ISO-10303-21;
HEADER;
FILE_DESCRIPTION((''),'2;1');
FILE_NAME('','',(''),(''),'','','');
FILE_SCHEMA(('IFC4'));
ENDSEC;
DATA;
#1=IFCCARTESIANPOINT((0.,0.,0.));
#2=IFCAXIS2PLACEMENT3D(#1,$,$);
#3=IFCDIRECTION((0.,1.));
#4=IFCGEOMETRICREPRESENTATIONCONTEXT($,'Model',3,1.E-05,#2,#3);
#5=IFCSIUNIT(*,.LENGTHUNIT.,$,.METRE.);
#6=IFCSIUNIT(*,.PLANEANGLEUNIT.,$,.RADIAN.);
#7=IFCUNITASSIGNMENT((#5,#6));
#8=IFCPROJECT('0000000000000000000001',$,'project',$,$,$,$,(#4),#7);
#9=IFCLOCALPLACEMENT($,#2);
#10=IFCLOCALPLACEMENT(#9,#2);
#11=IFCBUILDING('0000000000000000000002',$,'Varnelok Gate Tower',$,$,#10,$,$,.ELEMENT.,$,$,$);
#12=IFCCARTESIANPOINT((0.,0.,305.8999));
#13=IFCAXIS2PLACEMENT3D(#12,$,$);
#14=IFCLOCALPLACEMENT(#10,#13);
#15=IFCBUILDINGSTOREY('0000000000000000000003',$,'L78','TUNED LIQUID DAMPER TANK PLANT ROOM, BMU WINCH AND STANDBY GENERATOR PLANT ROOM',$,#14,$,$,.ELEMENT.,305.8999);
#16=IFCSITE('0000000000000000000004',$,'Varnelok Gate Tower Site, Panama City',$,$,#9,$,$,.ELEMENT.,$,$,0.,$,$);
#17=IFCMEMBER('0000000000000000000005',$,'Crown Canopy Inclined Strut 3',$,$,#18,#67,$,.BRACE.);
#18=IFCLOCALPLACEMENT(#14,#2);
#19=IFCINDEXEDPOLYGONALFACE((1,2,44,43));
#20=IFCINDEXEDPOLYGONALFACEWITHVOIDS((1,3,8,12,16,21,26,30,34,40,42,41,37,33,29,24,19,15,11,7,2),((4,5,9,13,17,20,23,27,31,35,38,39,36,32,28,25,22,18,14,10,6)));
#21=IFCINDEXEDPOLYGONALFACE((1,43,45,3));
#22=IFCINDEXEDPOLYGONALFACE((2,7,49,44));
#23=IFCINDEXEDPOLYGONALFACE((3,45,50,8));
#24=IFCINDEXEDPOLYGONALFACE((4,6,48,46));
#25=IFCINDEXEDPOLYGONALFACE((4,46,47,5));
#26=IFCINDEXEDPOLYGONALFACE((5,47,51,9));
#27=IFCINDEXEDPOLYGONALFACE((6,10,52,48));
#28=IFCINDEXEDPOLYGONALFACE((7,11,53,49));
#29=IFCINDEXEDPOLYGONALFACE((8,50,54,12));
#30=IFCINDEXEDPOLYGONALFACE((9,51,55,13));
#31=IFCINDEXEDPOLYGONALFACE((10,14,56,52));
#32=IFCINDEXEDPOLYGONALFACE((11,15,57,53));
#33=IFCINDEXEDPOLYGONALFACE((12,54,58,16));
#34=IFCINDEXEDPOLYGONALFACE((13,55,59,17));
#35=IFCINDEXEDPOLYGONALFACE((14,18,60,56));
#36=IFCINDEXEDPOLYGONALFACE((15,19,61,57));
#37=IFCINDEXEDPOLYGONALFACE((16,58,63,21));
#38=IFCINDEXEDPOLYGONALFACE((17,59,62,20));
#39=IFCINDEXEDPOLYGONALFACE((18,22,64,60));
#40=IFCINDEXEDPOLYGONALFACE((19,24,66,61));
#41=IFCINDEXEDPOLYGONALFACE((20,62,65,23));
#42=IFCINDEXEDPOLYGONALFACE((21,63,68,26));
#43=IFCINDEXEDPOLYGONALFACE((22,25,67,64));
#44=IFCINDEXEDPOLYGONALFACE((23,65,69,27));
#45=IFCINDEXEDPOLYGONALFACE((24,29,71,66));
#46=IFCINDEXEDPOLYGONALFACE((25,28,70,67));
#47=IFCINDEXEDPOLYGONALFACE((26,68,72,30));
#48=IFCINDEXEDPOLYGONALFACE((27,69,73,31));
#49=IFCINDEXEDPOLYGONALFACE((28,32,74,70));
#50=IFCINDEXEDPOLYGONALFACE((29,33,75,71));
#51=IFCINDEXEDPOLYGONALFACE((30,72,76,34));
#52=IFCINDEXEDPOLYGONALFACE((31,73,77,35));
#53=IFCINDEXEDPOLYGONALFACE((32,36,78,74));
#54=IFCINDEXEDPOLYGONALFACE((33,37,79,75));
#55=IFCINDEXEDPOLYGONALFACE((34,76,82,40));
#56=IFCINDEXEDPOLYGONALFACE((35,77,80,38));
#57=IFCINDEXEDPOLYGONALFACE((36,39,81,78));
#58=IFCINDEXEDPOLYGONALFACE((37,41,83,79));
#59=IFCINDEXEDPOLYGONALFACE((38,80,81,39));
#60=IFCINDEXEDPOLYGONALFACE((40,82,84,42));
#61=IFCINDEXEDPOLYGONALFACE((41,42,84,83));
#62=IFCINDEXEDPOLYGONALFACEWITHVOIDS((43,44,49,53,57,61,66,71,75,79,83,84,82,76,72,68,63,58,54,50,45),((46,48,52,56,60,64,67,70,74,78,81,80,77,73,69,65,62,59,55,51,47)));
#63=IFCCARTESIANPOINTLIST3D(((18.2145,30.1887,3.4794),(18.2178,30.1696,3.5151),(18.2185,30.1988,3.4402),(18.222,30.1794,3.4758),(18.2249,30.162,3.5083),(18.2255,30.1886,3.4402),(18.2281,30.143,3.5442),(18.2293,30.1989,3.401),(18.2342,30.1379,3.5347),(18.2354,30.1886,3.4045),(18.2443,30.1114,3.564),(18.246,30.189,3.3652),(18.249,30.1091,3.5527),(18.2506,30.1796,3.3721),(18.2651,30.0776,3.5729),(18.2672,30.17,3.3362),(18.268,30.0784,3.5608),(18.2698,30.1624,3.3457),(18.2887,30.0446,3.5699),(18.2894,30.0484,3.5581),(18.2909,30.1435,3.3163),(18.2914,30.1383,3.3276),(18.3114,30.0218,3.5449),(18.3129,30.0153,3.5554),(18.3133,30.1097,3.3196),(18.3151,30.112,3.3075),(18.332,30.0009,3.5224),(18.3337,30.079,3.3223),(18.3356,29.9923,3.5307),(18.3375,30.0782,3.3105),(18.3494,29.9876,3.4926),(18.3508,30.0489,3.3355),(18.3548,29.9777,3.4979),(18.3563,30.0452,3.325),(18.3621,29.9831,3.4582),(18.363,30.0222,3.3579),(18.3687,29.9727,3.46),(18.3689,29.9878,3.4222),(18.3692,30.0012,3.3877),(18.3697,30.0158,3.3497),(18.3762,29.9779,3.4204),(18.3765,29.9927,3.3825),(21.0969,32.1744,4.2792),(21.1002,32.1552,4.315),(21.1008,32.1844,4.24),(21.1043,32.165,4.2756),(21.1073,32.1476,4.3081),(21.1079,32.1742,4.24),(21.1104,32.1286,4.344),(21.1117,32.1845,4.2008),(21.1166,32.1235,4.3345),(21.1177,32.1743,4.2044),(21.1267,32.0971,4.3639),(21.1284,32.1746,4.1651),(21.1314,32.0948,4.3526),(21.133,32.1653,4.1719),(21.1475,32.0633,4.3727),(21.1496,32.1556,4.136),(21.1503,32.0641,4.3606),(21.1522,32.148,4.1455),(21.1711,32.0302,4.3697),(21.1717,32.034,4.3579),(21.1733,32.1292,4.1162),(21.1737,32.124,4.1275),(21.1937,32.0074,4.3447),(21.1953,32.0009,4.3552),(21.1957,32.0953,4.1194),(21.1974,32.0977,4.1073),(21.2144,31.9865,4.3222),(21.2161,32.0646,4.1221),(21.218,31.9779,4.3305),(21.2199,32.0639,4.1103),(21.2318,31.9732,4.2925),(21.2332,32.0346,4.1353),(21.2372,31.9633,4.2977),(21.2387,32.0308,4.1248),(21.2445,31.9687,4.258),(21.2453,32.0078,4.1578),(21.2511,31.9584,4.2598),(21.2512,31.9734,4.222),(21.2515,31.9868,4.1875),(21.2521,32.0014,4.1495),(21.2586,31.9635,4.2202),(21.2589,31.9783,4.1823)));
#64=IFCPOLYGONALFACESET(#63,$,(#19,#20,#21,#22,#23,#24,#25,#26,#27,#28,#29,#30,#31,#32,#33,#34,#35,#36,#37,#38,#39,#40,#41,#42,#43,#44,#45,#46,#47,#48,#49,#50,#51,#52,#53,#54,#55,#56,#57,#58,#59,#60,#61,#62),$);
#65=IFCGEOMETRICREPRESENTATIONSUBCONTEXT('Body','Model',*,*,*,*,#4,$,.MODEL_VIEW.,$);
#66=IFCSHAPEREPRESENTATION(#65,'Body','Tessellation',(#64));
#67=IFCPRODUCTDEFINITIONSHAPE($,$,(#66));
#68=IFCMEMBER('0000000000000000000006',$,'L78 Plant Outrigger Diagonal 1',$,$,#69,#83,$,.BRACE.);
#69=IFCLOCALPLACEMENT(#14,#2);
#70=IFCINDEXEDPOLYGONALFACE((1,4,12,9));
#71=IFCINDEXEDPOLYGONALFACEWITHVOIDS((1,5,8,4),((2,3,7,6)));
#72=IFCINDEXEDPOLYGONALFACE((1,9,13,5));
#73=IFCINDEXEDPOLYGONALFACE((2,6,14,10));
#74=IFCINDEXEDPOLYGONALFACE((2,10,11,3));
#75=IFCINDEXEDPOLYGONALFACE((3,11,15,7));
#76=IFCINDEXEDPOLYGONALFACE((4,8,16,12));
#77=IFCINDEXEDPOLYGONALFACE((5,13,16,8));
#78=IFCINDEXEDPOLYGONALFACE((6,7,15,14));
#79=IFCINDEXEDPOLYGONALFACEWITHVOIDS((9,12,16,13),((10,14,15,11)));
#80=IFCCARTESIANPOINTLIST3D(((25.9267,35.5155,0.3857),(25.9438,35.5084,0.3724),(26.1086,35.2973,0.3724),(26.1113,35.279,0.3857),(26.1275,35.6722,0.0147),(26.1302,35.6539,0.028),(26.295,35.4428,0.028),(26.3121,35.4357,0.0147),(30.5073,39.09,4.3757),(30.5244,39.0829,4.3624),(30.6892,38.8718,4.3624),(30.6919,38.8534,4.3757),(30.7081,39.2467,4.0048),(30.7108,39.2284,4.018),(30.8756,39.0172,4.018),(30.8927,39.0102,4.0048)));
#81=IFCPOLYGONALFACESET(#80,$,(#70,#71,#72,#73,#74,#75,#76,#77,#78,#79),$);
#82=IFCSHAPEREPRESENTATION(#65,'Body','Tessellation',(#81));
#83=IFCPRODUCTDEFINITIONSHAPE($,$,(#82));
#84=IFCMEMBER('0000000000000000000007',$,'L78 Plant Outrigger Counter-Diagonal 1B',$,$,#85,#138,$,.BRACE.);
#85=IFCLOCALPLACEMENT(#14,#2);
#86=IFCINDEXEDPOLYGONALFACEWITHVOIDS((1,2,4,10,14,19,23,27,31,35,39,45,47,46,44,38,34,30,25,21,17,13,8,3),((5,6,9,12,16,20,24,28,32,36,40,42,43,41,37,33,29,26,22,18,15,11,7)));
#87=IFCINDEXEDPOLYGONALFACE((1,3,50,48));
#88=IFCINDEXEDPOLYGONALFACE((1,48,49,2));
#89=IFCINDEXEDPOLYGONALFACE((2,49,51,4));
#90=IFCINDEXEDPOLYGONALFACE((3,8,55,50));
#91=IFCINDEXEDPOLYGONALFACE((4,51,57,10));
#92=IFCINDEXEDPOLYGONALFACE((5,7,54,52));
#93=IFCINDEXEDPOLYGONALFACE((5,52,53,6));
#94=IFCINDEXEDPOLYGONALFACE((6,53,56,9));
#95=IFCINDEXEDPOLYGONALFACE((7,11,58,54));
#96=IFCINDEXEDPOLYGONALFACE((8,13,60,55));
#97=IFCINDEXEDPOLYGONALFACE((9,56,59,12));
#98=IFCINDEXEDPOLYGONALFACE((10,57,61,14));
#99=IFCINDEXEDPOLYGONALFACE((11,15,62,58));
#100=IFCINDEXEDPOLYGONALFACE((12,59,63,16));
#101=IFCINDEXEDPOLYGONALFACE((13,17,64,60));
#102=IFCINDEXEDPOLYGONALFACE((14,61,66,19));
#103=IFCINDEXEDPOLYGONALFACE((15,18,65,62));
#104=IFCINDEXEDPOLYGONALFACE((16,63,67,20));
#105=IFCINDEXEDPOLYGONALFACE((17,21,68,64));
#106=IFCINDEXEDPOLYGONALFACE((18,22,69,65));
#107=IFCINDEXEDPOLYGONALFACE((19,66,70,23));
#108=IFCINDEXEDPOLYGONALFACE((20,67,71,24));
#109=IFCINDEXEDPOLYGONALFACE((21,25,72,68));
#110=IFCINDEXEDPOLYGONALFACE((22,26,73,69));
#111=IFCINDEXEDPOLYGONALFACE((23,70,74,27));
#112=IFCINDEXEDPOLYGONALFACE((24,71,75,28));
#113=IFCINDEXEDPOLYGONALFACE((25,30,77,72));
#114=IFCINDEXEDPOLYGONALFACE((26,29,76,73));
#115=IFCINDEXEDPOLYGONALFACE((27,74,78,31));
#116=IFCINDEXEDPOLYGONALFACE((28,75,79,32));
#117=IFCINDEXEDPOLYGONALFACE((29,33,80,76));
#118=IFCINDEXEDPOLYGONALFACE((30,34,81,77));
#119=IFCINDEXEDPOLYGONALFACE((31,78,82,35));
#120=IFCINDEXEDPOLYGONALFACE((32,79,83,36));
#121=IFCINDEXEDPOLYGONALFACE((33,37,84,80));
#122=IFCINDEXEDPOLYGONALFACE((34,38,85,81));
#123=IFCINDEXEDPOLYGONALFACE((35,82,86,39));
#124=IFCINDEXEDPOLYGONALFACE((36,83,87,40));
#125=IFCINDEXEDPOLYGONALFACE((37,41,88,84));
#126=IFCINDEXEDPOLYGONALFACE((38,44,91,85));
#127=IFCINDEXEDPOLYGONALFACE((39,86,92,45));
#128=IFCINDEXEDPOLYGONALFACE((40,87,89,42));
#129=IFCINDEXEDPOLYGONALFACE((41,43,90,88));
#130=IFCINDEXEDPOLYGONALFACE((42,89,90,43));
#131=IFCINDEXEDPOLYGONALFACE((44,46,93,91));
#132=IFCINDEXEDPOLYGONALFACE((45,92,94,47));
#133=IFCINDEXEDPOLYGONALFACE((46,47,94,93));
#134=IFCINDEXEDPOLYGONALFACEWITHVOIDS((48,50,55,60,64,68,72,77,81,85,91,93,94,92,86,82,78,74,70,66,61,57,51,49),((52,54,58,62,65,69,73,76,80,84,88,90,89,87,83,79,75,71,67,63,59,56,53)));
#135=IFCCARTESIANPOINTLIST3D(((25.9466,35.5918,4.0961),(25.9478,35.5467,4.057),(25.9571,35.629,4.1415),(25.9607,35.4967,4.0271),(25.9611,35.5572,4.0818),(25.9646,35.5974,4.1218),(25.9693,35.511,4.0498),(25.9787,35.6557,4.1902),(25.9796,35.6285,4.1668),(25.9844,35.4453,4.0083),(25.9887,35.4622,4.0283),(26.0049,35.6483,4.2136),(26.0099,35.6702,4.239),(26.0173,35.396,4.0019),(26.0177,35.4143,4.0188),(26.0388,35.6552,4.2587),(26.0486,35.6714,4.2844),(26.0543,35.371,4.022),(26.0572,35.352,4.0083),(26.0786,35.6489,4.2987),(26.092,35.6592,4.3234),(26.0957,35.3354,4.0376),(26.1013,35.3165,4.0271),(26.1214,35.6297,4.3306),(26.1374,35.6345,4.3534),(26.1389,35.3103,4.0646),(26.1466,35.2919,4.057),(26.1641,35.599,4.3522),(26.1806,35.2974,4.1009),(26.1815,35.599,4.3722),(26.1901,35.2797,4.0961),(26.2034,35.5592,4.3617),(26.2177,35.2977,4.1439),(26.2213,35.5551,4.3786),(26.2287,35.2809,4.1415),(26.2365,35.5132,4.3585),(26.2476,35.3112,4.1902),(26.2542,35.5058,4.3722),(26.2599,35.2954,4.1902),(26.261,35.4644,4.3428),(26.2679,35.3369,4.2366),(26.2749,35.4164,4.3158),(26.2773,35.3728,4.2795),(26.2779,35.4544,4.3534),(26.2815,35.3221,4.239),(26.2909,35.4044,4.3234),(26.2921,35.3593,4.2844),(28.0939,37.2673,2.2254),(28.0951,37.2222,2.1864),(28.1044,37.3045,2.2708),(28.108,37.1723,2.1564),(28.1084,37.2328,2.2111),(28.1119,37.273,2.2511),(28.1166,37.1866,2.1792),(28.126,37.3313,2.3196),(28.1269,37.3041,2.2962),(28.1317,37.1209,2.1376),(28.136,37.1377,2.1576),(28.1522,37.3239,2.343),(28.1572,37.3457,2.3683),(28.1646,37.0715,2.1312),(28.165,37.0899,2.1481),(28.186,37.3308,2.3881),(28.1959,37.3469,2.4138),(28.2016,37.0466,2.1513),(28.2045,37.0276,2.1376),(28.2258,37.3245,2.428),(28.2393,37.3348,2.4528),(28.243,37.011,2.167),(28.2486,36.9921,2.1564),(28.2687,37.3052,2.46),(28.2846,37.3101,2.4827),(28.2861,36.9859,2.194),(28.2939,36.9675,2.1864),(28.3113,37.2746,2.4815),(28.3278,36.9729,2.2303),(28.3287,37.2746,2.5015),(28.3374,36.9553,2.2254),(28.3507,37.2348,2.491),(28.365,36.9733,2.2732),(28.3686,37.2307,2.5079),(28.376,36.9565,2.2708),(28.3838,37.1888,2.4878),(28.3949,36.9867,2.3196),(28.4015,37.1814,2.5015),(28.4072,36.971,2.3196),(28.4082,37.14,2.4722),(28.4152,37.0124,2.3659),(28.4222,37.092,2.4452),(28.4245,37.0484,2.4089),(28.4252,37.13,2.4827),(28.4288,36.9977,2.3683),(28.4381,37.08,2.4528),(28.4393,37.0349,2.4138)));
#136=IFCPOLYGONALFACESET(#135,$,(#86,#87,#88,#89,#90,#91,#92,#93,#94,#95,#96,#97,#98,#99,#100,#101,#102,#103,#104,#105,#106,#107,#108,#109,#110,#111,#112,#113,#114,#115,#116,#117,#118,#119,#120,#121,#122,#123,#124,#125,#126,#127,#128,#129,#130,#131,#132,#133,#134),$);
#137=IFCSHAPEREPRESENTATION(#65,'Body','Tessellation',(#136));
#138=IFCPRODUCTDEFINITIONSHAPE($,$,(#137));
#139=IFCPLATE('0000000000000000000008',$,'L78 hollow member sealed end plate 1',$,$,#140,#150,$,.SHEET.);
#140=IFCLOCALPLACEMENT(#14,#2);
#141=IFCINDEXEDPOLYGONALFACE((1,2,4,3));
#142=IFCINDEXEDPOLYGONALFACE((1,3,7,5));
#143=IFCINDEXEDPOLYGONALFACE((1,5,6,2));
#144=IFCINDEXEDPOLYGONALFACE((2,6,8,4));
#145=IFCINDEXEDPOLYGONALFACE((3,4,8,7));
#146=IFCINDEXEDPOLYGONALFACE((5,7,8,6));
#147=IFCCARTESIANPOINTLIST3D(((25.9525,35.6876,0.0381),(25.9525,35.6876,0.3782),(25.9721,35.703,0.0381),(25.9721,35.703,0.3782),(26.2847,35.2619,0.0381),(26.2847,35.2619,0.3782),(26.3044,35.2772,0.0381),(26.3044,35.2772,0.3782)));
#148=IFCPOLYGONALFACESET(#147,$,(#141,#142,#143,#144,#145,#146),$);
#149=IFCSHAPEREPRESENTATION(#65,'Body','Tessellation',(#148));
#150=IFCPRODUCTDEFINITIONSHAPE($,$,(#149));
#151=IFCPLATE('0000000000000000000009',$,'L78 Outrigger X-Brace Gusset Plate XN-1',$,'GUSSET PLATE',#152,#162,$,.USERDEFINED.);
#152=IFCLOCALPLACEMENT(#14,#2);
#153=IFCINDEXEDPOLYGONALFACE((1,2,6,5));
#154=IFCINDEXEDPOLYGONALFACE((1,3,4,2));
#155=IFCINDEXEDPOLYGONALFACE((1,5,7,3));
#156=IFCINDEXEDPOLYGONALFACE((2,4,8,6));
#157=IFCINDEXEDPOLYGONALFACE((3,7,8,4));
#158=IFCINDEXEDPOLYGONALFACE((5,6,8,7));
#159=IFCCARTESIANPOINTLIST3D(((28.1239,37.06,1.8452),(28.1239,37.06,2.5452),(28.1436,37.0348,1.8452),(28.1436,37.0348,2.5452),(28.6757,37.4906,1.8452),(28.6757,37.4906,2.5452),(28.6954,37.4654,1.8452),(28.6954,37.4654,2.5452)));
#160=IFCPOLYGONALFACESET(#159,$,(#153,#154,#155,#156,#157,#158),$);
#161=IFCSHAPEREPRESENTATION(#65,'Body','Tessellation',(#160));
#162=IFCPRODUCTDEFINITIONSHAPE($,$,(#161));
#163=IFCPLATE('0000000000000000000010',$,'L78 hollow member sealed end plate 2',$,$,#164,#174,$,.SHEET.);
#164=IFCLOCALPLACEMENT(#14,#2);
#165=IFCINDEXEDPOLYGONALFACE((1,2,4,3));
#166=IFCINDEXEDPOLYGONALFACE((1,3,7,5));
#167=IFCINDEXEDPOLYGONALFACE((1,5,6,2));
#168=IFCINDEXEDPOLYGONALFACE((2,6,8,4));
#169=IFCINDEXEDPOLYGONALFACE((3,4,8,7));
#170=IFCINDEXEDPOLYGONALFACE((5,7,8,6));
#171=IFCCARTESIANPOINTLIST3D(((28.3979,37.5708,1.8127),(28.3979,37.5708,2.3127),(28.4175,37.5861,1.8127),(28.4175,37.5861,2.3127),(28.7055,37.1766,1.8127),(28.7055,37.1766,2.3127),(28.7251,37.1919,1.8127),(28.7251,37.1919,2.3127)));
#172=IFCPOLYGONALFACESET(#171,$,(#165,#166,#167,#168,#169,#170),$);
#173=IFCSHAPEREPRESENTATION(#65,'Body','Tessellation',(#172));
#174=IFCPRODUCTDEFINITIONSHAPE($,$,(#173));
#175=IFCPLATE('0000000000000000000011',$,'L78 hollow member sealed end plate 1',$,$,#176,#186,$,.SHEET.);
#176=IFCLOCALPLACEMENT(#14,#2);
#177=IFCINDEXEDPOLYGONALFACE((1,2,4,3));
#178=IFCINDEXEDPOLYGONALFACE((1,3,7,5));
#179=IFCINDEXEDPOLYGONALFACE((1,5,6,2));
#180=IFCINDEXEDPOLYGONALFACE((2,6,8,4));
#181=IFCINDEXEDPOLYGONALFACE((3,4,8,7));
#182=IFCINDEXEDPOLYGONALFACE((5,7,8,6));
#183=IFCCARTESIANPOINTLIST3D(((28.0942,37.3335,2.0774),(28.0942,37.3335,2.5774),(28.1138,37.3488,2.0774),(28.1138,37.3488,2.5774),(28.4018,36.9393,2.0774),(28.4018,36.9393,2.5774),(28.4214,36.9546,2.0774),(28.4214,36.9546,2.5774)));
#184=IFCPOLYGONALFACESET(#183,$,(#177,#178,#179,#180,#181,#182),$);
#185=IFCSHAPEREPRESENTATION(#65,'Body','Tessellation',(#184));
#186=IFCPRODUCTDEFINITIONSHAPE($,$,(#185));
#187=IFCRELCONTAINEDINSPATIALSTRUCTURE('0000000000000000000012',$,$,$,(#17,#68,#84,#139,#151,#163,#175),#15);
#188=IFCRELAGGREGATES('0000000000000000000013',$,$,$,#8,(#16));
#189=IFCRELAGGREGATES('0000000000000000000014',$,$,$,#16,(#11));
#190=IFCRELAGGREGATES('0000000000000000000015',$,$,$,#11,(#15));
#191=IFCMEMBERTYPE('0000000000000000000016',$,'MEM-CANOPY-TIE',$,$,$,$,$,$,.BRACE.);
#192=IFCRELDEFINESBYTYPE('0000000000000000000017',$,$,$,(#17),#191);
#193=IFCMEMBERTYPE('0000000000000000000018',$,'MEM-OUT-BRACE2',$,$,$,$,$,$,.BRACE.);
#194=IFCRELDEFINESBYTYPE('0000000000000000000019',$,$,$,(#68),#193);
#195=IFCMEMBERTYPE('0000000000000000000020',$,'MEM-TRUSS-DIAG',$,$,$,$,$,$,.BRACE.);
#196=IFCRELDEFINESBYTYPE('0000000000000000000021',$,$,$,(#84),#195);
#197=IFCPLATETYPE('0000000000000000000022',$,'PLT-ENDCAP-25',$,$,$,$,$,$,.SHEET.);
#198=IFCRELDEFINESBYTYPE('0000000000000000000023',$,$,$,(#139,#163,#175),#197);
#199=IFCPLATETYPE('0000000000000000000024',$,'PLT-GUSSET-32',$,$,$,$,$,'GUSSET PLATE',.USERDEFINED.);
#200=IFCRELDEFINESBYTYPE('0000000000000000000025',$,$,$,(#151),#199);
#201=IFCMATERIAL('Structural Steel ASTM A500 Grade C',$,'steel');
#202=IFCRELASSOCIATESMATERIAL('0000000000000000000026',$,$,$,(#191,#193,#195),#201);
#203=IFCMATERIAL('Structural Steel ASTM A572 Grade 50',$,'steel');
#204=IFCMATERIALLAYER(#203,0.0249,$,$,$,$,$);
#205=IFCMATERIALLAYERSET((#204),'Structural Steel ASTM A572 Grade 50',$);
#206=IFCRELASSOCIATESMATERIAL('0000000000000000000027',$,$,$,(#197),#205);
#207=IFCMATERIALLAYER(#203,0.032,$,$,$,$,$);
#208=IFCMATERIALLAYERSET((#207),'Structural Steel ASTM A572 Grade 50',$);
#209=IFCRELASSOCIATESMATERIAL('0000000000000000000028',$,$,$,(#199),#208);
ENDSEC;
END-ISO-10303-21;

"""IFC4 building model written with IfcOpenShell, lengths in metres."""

from ifc_helpers import new_model, si_unit, direction, frame, origin, origin_2d, place, context, subcontext, project, spatial, rectangle, hollow_rectangle, hollow_circle, extrude, source, transform, mapped, material, layer, layer_set, material_profile, profile_set, type_object, element, save


model = new_model("IFC4")

# Units and contexts
model_context = context("Model", 3, precision=1e-05, world=origin(), true_north=direction((0.0, 1.0)))
body_context = subcontext(model_context, "Body", "Model", "MODEL_VIEW")
ifc_project = project(units=[si_unit("LENGTHUNIT", "METRE"), si_unit("PLANEANGLEUNIT", "RADIAN")], contexts=[model_context])

# Site, building, storey
site_placement = place(None, origin())
site = spatial("IfcSite", under=ifc_project, at=site_placement, Name="Varnelok Gate Tower Site, Panama City", CompositionType="ELEMENT", RefElevation=0.0)
building_placement = place(site_placement, origin())
building = spatial("IfcBuilding", under=site, at=building_placement, Name="Varnelok Gate Tower", CompositionType="ELEMENT")
storey_placement = place(building_placement, frame((0.0, 0.0, 305.8999)))
storey = spatial("IfcBuildingStorey", under=building, at=storey_placement, Name="L78", Description="TUNED LIQUID DAMPER TANK PLANT ROOM, BMU WINCH AND STANDBY GENERATOR PLANT ROOM", CompositionType="ELEMENT", Elevation=305.8999)

# Members
ifc_material_1 = material(Name="Structural Steel ASTM A500 Grade C", Category="steel")
ifc_material_profile_1 = material_profile(ifc_material_1, hollow_circle(Radius=0.1365, WallThickness=0.0125, at=origin_2d()), Name="CHS273X12")
ifc_profile_set_1 = profile_set([ifc_material_profile_1], Name="Structural Steel ASTM A500 Grade C")
member_type_1 = type_object("IfcMemberType", Name="MEM-CANOPY-TIE", PredefinedType="BRACE", material=ifc_profile_set_1)
member_1_placement = place(storey_placement, frame((18.2959, 30.0864, 3.4402), z_axis=(0.802814, 0.553048, 0.22277), x_axis=(-0.567304, 0.823508, 0.0)))
element("IfcMember", 1, at=member_1_placement, inside=storey, type_object=member_type_1, Name="Crown Canopy Inclined Strut 3", PredefinedType="BRACE", context=body_context, shape_type="SweptSolid", body=[
    extrude(hollow_circle(Radius=0.1365, WallThickness=0.0125, at=origin_2d()), origin(), (0.0, 0.0, 1.0), 3.5903),
])
ifc_material_profile_2 = material_profile(ifc_material_1, hollow_rectangle(XDim=0.3, YDim=0.45, WallThickness=0.0161, at=origin_2d()), Name="HSS450X300X16")
ifc_profile_set_2 = profile_set([ifc_material_profile_2], Name="Structural Steel ASTM A500 Grade C")
member_type_2 = type_object("IfcMemberType", Name="MEM-OUT-BRACE2", PredefinedType="BRACE", material=ifc_profile_set_2)
member_2_placement = place(storey_placement, frame((26.1194, 35.4756, 0.2002), z_axis=(0.649883, 0.507139, 0.566093), x_axis=(-0.615205, 0.788367, 0.0)))
element("IfcMember", 2, at=member_2_placement, inside=storey, type_object=member_type_2, Name="L78 Plant Outrigger Diagonal 1", PredefinedType="BRACE", context=body_context, shape_type="SweptSolid", body=[
    extrude(hollow_rectangle(XDim=0.3, YDim=0.45, WallThickness=0.0161, at=origin_2d()), origin(), (0.0, 0.0, 1.0), 7.0483),
])
ifc_material_profile_3 = material_profile(ifc_material_1, hollow_circle(Radius=0.2285, WallThickness=0.02, at=origin_2d()), Name="CHS457X20")
ifc_profile_set_3 = profile_set([ifc_material_profile_3], Name="Structural Steel ASTM A500 Grade C")
member_type_3 = type_object("IfcMemberType", Name="MEM-TRUSS-DIAG", PredefinedType="BRACE", material=ifc_profile_set_3)
member_3_placement = place(storey_placement, frame((28.2666, 37.1511, 2.3196), z_axis=(-0.649863, -0.507107, 0.566145), x_axis=(0.615193, -0.788376, 0.0)))
element("IfcMember", 3, at=member_3_placement, inside=storey, type_object=member_type_3, Name="L78 Plant Outrigger Counter-Diagonal 1B", PredefinedType="BRACE", context=body_context, shape_type="SweptSolid", body=[
    extrude(hollow_circle(Radius=0.2285, WallThickness=0.02, at=origin_2d()), origin(), (0.0, 0.0, 1.0), 3.3042),
])

# Plates
ifc_material_2 = material(Name="Structural Steel ASTM A572 Grade 50", Category="steel")
ifc_layer_1 = layer(ifc_material_2, 0.0249)
ifc_layer_set_1 = layer_set([ifc_layer_1], Name="Structural Steel ASTM A572 Grade 50")
plate_type_1 = type_object("IfcPlateType", Name="PLT-ENDCAP-25", PredefinedType="SHEET", material=ifc_layer_set_1)
shared_shape_1 = source(origin(), body_context, "Body", "SweptSolid", [
    extrude(rectangle(XDim=0.0249, YDim=0.54, at=origin_2d()), origin(), (0.0, 0.0, 1.0), 0.3401),
])
plate_1_placement = place(storey_placement, frame((26.1284, 35.4824, 0.0381), z_axis=(0.0, 0.0, 1.0), x_axis=(0.788354, 0.615221, 0.0)))
element("IfcPlate", 4, at=plate_1_placement, inside=storey, type_object=plate_type_1, Name="L78 hollow member sealed end plate 1", PredefinedType="SHEET", context=body_context, shape_type="MappedRepresentation", body=[
    mapped(shared_shape_1, transform((0.0, 0.0, 0.0), scale=1.0)),
])
ifc_layer_2 = layer(ifc_material_2, 0.032)
ifc_layer_set_2 = layer_set([ifc_layer_2], Name="Structural Steel ASTM A572 Grade 50")
plate_type_2 = type_object("IfcPlateType", Name="PLT-GUSSET-32", ElementType="GUSSET PLATE", PredefinedType="USERDEFINED", material=ifc_layer_set_2)
shared_shape_2 = source(origin(), body_context, "Body", "SweptSolid", [
    extrude(rectangle(XDim=0.7, YDim=0.032, at=origin_2d()), origin(), (0.0, 0.0, 1.0), 0.7),
])
plate_2_placement = place(storey_placement, frame((28.4097, 37.2627, 1.8452), z_axis=(0.0, 0.0, 1.0), x_axis=(-0.788354, -0.615221, 0.0)))
element("IfcPlate", 5, at=plate_2_placement, inside=storey, type_object=plate_type_2, Name="L78 Outrigger X-Brace Gusset Plate XN-1", ObjectType="GUSSET PLATE", PredefinedType="USERDEFINED", context=body_context, shape_type="MappedRepresentation", body=[
    mapped(shared_shape_2, transform((0.0, 0.0, 0.0), scale=1.0)),
])
shared_shape_3 = source(origin(), body_context, "Body", "SweptSolid", [
    extrude(rectangle(XDim=0.0249, YDim=0.5, at=origin_2d()), origin(), (0.0, 0.0, 1.0), 0.5),
])
for number, where, z_axis, x_axis, name in (
    (6, (28.5615, 37.3813, 1.8127), (0.0, 0.0, 1.0), (-0.788354, -0.615221, 0.0), "L78 hollow member sealed end plate 2"),
    (7, (28.2578, 37.144, 2.0774), (0.0, 0.0, 1.0), (-0.788365, -0.615208, 0.0), "L78 hollow member sealed end plate 1"),
):
    element("IfcPlate", number, at=place(storey_placement, frame(where, z_axis=z_axis, x_axis=x_axis)), inside=storey, type_object=plate_type_1, Name=name, PredefinedType="SHEET", context=body_context, shape_type="MappedRepresentation", body=[
        mapped(shared_shape_3, transform((0.0, 0.0, 0.0), scale=1.0)),
    ])

save(model, "model.ifc")
